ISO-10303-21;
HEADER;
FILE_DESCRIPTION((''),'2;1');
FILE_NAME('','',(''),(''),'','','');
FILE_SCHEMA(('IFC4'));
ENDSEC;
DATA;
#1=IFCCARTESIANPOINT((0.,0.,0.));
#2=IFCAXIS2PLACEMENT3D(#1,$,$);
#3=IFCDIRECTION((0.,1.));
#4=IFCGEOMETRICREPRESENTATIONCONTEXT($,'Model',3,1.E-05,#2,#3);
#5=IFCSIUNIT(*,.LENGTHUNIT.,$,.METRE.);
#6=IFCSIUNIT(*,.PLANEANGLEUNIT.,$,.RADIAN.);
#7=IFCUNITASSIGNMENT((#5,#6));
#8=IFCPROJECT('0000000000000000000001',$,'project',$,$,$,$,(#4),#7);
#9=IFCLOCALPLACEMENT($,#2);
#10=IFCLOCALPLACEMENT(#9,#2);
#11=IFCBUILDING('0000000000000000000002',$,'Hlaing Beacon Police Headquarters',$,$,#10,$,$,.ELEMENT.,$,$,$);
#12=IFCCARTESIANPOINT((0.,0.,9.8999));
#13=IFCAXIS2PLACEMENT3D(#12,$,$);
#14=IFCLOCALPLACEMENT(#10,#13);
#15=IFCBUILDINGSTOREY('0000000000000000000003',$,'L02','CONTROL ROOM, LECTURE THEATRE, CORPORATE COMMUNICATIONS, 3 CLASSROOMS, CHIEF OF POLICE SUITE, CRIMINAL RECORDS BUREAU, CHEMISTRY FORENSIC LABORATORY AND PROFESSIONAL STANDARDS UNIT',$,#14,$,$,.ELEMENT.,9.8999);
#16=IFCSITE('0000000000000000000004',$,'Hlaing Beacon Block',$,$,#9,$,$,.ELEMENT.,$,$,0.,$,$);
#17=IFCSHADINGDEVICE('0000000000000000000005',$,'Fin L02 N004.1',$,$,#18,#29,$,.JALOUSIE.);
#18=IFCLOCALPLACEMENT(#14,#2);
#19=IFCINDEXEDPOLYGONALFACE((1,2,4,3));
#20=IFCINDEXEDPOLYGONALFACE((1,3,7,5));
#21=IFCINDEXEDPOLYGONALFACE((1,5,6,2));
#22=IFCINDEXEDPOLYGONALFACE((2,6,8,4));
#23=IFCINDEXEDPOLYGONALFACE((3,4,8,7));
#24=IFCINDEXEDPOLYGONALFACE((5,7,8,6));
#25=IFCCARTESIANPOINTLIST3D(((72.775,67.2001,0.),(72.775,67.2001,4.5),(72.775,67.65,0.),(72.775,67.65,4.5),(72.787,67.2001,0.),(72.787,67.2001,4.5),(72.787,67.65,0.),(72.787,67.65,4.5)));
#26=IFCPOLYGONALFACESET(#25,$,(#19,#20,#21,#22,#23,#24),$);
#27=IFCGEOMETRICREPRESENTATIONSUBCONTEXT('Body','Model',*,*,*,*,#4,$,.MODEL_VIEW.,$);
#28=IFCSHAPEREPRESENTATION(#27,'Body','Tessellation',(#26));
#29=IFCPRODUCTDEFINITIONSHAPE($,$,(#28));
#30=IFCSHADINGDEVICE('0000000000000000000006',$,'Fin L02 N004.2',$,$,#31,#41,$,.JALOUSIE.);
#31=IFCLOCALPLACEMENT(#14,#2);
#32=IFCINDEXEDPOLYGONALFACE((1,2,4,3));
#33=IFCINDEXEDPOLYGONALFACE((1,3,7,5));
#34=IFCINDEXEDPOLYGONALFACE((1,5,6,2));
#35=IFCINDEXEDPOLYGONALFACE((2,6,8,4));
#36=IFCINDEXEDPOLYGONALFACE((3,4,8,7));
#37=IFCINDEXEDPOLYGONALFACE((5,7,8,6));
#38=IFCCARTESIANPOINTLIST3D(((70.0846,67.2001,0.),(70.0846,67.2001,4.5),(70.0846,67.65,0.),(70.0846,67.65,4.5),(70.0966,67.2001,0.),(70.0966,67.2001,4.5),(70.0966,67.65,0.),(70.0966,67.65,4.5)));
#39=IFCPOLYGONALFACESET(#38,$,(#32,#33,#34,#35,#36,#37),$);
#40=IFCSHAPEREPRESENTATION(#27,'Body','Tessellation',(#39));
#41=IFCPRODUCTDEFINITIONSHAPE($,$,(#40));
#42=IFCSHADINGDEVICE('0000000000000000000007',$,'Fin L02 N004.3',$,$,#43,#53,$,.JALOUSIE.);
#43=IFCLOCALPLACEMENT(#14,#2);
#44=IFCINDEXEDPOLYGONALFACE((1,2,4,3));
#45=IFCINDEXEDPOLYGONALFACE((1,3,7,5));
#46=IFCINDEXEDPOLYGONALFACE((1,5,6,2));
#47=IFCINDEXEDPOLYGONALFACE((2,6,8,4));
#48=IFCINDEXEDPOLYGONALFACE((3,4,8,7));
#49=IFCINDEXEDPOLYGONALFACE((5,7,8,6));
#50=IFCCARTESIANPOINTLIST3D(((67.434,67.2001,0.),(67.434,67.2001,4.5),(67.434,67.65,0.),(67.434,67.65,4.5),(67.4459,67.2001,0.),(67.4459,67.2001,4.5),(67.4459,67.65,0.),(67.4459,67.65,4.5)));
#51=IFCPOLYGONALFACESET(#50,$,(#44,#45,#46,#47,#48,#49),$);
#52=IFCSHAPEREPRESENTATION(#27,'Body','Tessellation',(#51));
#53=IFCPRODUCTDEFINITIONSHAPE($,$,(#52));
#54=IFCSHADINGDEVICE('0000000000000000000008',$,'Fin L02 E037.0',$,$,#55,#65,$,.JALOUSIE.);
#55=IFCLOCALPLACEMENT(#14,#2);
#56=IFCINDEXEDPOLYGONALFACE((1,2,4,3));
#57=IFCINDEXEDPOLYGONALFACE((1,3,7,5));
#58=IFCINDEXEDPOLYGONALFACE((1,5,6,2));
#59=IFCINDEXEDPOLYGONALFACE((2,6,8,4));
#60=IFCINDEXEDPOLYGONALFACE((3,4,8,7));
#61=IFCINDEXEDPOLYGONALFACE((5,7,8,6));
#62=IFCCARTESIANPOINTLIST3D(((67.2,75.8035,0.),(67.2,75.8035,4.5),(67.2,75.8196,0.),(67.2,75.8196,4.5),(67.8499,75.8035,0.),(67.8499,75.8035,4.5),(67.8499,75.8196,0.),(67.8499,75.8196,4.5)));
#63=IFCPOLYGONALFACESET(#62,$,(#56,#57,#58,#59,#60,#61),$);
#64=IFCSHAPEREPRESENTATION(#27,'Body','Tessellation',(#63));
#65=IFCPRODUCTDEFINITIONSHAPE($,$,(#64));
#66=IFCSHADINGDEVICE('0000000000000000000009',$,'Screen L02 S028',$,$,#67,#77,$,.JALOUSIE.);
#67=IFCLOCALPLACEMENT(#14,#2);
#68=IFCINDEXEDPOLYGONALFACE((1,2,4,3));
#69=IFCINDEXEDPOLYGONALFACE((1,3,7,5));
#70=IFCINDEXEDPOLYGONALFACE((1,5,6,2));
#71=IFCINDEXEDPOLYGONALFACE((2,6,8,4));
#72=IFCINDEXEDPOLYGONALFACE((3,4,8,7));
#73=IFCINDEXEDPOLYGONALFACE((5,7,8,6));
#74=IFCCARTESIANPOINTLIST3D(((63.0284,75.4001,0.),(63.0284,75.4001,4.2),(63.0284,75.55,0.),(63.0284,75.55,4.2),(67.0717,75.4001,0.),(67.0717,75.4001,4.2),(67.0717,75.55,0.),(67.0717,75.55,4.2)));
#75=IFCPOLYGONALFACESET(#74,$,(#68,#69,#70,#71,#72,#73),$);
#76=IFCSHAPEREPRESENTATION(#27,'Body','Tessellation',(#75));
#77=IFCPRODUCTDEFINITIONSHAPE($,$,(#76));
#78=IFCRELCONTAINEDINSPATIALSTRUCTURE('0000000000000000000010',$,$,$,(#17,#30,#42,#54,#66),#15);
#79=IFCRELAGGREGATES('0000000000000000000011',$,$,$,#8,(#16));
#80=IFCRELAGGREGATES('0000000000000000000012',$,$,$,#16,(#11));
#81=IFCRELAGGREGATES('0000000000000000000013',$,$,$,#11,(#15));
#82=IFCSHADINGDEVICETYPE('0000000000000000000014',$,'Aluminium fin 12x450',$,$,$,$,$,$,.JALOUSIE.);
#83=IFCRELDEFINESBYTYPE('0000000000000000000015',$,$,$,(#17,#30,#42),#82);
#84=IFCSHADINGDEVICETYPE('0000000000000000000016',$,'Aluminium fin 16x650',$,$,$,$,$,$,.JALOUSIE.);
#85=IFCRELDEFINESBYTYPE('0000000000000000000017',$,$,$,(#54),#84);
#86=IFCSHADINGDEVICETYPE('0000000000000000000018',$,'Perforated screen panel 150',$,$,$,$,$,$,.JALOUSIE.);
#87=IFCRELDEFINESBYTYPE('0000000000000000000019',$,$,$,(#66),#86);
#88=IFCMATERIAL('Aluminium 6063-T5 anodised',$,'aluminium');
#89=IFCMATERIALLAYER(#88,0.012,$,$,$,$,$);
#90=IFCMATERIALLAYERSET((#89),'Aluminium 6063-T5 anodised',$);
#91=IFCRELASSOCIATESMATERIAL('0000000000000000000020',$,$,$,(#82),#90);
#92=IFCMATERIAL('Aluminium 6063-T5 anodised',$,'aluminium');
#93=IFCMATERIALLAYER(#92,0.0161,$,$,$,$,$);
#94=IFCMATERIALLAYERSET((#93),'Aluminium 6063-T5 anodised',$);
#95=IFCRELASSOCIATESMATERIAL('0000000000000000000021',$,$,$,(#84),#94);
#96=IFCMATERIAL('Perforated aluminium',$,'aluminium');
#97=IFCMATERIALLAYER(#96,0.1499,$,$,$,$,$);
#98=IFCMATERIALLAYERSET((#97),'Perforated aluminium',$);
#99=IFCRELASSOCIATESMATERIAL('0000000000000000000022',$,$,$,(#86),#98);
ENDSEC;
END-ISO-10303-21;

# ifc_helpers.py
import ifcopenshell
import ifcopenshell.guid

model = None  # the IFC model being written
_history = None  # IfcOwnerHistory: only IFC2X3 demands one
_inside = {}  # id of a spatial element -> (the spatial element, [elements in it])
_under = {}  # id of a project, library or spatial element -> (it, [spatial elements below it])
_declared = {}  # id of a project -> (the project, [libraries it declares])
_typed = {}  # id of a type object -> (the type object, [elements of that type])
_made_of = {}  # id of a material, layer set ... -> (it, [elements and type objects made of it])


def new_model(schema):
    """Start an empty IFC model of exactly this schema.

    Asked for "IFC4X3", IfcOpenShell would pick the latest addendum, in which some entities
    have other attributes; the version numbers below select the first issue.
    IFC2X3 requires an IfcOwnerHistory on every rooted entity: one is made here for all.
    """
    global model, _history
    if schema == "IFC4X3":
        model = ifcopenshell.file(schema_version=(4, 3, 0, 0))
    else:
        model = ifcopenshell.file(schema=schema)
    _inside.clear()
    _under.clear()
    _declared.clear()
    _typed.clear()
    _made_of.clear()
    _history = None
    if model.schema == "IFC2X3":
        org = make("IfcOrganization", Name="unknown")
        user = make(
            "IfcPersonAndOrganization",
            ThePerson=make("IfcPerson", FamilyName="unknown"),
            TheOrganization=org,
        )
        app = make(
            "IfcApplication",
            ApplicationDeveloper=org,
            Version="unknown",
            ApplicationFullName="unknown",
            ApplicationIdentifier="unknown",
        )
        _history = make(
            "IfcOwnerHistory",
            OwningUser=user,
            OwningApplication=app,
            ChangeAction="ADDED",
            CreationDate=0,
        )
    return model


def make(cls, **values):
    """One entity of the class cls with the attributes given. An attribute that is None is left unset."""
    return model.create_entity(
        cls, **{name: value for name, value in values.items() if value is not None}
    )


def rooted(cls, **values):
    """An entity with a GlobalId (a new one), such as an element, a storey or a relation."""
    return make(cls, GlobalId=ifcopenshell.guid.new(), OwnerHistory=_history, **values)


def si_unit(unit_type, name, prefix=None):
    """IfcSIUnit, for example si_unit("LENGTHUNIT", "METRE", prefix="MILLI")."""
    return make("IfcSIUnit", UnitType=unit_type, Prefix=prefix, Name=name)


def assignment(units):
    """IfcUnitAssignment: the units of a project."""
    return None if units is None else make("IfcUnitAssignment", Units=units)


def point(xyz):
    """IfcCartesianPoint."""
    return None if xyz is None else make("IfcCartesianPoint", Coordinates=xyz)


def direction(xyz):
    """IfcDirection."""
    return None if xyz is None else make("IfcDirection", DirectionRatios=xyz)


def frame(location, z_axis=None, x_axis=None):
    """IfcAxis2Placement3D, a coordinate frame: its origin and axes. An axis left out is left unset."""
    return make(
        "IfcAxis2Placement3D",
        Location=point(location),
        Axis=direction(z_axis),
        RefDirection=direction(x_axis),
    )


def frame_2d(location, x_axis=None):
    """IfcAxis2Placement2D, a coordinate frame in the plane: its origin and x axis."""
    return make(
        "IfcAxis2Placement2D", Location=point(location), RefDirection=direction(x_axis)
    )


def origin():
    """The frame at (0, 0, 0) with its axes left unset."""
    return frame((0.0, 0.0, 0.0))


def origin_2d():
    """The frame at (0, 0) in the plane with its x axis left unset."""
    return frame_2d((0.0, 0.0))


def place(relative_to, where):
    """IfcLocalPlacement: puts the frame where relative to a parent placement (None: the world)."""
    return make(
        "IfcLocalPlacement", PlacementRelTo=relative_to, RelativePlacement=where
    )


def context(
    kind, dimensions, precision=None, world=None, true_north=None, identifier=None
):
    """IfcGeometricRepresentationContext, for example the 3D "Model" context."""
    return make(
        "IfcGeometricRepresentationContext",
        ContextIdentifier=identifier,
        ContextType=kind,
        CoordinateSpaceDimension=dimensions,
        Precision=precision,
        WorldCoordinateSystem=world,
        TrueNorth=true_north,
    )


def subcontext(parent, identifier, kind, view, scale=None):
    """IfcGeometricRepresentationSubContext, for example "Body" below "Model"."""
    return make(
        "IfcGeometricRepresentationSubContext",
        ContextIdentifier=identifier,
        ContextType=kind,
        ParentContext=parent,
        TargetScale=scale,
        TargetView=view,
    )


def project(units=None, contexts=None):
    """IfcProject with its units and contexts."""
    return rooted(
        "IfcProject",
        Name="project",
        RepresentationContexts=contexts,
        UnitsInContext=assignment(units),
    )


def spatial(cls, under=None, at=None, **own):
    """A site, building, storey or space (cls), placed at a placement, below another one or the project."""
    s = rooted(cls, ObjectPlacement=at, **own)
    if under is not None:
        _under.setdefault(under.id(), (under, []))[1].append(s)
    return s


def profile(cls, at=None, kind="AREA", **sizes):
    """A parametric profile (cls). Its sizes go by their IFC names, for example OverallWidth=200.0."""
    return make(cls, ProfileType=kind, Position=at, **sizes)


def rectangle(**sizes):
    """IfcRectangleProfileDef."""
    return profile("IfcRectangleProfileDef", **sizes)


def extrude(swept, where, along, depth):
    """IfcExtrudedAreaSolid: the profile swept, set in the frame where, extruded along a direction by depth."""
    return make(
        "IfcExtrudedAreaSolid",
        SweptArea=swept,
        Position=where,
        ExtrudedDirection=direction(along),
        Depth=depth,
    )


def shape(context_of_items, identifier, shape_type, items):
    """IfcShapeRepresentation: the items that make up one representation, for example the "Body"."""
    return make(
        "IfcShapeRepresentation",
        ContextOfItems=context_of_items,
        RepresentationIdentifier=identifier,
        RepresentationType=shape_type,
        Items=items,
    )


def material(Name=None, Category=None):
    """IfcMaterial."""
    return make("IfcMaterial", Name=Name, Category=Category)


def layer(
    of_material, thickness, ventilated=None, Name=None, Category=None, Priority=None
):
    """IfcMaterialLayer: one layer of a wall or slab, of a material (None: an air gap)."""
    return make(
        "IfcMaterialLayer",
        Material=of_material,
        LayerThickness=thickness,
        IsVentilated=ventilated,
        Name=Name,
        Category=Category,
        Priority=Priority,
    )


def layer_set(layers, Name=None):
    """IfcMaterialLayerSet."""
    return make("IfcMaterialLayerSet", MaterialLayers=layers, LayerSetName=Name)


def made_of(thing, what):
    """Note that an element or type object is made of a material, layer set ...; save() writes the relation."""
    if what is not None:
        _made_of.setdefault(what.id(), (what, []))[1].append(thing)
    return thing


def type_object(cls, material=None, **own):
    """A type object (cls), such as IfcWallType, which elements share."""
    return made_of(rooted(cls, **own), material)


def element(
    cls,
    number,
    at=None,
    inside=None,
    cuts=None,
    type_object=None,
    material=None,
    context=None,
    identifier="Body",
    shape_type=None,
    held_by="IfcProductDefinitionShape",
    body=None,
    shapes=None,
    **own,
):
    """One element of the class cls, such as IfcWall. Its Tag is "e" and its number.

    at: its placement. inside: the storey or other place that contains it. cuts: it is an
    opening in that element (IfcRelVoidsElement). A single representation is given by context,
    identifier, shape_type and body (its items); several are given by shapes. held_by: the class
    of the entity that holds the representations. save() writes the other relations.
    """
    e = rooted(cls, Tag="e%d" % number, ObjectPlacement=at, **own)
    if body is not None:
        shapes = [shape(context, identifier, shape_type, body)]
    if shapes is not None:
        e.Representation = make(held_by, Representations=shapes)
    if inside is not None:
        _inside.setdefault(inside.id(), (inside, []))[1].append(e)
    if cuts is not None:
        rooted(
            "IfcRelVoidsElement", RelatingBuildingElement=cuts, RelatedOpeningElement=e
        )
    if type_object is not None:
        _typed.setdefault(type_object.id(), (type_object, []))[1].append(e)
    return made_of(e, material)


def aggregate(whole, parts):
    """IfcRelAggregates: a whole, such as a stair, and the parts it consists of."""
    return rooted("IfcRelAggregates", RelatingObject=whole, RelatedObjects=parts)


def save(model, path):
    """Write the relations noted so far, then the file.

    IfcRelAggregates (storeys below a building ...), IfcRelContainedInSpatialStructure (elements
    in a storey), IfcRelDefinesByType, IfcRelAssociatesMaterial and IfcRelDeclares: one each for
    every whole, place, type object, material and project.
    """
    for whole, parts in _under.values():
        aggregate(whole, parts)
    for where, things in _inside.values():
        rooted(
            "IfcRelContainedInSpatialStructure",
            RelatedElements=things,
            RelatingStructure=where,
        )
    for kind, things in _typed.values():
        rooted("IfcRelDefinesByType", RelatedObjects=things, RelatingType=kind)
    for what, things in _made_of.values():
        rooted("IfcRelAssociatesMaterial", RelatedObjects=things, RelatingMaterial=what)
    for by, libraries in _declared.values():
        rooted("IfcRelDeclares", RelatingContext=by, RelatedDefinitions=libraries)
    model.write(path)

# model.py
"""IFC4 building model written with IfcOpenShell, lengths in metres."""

from ifc_helpers import new_model, si_unit, direction, frame, origin, origin_2d, place, context, subcontext, project, spatial, rectangle, extrude, material, layer, layer_set, type_object, element, save


model = new_model("IFC4")

# Units and contexts
model_context = context("Model", 3, precision=1e-05, world=origin(), true_north=direction((0.0, 1.0)))
body_context = subcontext(model_context, "Body", "Model", "MODEL_VIEW")
ifc_project = project(units=[si_unit("LENGTHUNIT", "METRE"), si_unit("PLANEANGLEUNIT", "RADIAN")], contexts=[model_context])

# Site, building, storey
site_placement = place(None, origin())
site = spatial("IfcSite", under=ifc_project, at=site_placement, Name="Hlaing Beacon Block", CompositionType="ELEMENT", RefElevation=0.0)
building_placement = place(site_placement, origin())
building = spatial("IfcBuilding", under=site, at=building_placement, Name="Hlaing Beacon Police Headquarters", CompositionType="ELEMENT")
storey_placement = place(building_placement, frame((0.0, 0.0, 9.8999)))
storey = spatial("IfcBuildingStorey", under=building, at=storey_placement, Name="L02", Description="CONTROL ROOM, LECTURE THEATRE, CORPORATE COMMUNICATIONS, 3 CLASSROOMS, CHIEF OF POLICE SUITE, CRIMINAL RECORDS BUREAU, CHEMISTRY FORENSIC LABORATORY AND PROFESSIONAL STANDARDS UNIT", CompositionType="ELEMENT", Elevation=9.8999)

# Shading devices
ifc_material_1 = material(Name="Aluminium 6063-T5 anodised", Category="aluminium")
ifc_layer_1 = layer(ifc_material_1, 0.012)
ifc_layer_set_1 = layer_set([ifc_layer_1], Name="Aluminium 6063-T5 anodised")
shading_device_type_1 = type_object("IfcShadingDeviceType", Name="Aluminium fin 12x450", PredefinedType="JALOUSIE", material=ifc_layer_set_1)
for number, where, z_axis, x_axis, name in (
    (1, (72.781, 67.425, 0.0), (0.0, 0.0, 1.0), (-1.0, 0.0, 0.0), "Fin L02 N004.1"),
    (2, (70.0906, 67.425, 0.0), (0.0, 0.0, 1.0), (-1.0, 0.0, 0.0), "Fin L02 N004.2"),
    (3, (67.4399, 67.425, 0.0), (0.0, 0.0, 1.0), (-1.0, 0.0, 0.0), "Fin L02 N004.3"),
):
    element("IfcShadingDevice", number, at=place(storey_placement, frame(where, z_axis=z_axis, x_axis=x_axis)), inside=storey, type_object=shading_device_type_1, Name=name, PredefinedType="JALOUSIE", context=body_context, shape_type="SweptSolid", body=[
        extrude(rectangle(XDim=0.012, YDim=0.45, at=origin_2d()), origin(), (0.0, 0.0, 1.0), 4.5),
    ])
ifc_material_2 = material(Name="Aluminium 6063-T5 anodised", Category="aluminium")
ifc_layer_2 = layer(ifc_material_2, 0.0161)
ifc_layer_set_2 = layer_set([ifc_layer_2], Name="Aluminium 6063-T5 anodised")
shading_device_type_2 = type_object("IfcShadingDeviceType", Name="Aluminium fin 16x650", PredefinedType="JALOUSIE", material=ifc_layer_set_2)
shading_device_1_placement = place(storey_placement, frame((67.5249, 75.8115, 0.0), z_axis=(0.0, 0.0, 1.0), x_axis=(0.0, 1.0, 0.0)))
element("IfcShadingDevice", 4, at=shading_device_1_placement, inside=storey, type_object=shading_device_type_2, Name="Fin L02 E037.0", PredefinedType="JALOUSIE", context=body_context, shape_type="SweptSolid", body=[
    extrude(rectangle(XDim=0.0161, YDim=0.6499, at=origin_2d()), origin(), (0.0, 0.0, 1.0), 4.5),
])
ifc_material_3 = material(Name="Perforated aluminium", Category="aluminium")
ifc_layer_3 = layer(ifc_material_3, 0.1499)
ifc_layer_set_3 = layer_set([ifc_layer_3], Name="Perforated aluminium")
shading_device_type_3 = type_object("IfcShadingDeviceType", Name="Perforated screen panel 150", PredefinedType="JALOUSIE", material=ifc_layer_set_3)
shading_device_2_placement = place(storey_placement, frame((65.05, 75.4751, 0.0), z_axis=(0.0, 0.0, 1.0), x_axis=(1.0, 0.0, 0.0)))
element("IfcShadingDevice", 5, at=shading_device_2_placement, inside=storey, type_object=shading_device_type_3, Name="Screen L02 S028", PredefinedType="JALOUSIE", context=body_context, shape_type="SweptSolid", body=[
    extrude(rectangle(XDim=4.0432, YDim=0.1499, at=origin_2d()), origin(), (0.0, 0.0, 1.0), 4.2),
])

save(model, "model.ifc")
